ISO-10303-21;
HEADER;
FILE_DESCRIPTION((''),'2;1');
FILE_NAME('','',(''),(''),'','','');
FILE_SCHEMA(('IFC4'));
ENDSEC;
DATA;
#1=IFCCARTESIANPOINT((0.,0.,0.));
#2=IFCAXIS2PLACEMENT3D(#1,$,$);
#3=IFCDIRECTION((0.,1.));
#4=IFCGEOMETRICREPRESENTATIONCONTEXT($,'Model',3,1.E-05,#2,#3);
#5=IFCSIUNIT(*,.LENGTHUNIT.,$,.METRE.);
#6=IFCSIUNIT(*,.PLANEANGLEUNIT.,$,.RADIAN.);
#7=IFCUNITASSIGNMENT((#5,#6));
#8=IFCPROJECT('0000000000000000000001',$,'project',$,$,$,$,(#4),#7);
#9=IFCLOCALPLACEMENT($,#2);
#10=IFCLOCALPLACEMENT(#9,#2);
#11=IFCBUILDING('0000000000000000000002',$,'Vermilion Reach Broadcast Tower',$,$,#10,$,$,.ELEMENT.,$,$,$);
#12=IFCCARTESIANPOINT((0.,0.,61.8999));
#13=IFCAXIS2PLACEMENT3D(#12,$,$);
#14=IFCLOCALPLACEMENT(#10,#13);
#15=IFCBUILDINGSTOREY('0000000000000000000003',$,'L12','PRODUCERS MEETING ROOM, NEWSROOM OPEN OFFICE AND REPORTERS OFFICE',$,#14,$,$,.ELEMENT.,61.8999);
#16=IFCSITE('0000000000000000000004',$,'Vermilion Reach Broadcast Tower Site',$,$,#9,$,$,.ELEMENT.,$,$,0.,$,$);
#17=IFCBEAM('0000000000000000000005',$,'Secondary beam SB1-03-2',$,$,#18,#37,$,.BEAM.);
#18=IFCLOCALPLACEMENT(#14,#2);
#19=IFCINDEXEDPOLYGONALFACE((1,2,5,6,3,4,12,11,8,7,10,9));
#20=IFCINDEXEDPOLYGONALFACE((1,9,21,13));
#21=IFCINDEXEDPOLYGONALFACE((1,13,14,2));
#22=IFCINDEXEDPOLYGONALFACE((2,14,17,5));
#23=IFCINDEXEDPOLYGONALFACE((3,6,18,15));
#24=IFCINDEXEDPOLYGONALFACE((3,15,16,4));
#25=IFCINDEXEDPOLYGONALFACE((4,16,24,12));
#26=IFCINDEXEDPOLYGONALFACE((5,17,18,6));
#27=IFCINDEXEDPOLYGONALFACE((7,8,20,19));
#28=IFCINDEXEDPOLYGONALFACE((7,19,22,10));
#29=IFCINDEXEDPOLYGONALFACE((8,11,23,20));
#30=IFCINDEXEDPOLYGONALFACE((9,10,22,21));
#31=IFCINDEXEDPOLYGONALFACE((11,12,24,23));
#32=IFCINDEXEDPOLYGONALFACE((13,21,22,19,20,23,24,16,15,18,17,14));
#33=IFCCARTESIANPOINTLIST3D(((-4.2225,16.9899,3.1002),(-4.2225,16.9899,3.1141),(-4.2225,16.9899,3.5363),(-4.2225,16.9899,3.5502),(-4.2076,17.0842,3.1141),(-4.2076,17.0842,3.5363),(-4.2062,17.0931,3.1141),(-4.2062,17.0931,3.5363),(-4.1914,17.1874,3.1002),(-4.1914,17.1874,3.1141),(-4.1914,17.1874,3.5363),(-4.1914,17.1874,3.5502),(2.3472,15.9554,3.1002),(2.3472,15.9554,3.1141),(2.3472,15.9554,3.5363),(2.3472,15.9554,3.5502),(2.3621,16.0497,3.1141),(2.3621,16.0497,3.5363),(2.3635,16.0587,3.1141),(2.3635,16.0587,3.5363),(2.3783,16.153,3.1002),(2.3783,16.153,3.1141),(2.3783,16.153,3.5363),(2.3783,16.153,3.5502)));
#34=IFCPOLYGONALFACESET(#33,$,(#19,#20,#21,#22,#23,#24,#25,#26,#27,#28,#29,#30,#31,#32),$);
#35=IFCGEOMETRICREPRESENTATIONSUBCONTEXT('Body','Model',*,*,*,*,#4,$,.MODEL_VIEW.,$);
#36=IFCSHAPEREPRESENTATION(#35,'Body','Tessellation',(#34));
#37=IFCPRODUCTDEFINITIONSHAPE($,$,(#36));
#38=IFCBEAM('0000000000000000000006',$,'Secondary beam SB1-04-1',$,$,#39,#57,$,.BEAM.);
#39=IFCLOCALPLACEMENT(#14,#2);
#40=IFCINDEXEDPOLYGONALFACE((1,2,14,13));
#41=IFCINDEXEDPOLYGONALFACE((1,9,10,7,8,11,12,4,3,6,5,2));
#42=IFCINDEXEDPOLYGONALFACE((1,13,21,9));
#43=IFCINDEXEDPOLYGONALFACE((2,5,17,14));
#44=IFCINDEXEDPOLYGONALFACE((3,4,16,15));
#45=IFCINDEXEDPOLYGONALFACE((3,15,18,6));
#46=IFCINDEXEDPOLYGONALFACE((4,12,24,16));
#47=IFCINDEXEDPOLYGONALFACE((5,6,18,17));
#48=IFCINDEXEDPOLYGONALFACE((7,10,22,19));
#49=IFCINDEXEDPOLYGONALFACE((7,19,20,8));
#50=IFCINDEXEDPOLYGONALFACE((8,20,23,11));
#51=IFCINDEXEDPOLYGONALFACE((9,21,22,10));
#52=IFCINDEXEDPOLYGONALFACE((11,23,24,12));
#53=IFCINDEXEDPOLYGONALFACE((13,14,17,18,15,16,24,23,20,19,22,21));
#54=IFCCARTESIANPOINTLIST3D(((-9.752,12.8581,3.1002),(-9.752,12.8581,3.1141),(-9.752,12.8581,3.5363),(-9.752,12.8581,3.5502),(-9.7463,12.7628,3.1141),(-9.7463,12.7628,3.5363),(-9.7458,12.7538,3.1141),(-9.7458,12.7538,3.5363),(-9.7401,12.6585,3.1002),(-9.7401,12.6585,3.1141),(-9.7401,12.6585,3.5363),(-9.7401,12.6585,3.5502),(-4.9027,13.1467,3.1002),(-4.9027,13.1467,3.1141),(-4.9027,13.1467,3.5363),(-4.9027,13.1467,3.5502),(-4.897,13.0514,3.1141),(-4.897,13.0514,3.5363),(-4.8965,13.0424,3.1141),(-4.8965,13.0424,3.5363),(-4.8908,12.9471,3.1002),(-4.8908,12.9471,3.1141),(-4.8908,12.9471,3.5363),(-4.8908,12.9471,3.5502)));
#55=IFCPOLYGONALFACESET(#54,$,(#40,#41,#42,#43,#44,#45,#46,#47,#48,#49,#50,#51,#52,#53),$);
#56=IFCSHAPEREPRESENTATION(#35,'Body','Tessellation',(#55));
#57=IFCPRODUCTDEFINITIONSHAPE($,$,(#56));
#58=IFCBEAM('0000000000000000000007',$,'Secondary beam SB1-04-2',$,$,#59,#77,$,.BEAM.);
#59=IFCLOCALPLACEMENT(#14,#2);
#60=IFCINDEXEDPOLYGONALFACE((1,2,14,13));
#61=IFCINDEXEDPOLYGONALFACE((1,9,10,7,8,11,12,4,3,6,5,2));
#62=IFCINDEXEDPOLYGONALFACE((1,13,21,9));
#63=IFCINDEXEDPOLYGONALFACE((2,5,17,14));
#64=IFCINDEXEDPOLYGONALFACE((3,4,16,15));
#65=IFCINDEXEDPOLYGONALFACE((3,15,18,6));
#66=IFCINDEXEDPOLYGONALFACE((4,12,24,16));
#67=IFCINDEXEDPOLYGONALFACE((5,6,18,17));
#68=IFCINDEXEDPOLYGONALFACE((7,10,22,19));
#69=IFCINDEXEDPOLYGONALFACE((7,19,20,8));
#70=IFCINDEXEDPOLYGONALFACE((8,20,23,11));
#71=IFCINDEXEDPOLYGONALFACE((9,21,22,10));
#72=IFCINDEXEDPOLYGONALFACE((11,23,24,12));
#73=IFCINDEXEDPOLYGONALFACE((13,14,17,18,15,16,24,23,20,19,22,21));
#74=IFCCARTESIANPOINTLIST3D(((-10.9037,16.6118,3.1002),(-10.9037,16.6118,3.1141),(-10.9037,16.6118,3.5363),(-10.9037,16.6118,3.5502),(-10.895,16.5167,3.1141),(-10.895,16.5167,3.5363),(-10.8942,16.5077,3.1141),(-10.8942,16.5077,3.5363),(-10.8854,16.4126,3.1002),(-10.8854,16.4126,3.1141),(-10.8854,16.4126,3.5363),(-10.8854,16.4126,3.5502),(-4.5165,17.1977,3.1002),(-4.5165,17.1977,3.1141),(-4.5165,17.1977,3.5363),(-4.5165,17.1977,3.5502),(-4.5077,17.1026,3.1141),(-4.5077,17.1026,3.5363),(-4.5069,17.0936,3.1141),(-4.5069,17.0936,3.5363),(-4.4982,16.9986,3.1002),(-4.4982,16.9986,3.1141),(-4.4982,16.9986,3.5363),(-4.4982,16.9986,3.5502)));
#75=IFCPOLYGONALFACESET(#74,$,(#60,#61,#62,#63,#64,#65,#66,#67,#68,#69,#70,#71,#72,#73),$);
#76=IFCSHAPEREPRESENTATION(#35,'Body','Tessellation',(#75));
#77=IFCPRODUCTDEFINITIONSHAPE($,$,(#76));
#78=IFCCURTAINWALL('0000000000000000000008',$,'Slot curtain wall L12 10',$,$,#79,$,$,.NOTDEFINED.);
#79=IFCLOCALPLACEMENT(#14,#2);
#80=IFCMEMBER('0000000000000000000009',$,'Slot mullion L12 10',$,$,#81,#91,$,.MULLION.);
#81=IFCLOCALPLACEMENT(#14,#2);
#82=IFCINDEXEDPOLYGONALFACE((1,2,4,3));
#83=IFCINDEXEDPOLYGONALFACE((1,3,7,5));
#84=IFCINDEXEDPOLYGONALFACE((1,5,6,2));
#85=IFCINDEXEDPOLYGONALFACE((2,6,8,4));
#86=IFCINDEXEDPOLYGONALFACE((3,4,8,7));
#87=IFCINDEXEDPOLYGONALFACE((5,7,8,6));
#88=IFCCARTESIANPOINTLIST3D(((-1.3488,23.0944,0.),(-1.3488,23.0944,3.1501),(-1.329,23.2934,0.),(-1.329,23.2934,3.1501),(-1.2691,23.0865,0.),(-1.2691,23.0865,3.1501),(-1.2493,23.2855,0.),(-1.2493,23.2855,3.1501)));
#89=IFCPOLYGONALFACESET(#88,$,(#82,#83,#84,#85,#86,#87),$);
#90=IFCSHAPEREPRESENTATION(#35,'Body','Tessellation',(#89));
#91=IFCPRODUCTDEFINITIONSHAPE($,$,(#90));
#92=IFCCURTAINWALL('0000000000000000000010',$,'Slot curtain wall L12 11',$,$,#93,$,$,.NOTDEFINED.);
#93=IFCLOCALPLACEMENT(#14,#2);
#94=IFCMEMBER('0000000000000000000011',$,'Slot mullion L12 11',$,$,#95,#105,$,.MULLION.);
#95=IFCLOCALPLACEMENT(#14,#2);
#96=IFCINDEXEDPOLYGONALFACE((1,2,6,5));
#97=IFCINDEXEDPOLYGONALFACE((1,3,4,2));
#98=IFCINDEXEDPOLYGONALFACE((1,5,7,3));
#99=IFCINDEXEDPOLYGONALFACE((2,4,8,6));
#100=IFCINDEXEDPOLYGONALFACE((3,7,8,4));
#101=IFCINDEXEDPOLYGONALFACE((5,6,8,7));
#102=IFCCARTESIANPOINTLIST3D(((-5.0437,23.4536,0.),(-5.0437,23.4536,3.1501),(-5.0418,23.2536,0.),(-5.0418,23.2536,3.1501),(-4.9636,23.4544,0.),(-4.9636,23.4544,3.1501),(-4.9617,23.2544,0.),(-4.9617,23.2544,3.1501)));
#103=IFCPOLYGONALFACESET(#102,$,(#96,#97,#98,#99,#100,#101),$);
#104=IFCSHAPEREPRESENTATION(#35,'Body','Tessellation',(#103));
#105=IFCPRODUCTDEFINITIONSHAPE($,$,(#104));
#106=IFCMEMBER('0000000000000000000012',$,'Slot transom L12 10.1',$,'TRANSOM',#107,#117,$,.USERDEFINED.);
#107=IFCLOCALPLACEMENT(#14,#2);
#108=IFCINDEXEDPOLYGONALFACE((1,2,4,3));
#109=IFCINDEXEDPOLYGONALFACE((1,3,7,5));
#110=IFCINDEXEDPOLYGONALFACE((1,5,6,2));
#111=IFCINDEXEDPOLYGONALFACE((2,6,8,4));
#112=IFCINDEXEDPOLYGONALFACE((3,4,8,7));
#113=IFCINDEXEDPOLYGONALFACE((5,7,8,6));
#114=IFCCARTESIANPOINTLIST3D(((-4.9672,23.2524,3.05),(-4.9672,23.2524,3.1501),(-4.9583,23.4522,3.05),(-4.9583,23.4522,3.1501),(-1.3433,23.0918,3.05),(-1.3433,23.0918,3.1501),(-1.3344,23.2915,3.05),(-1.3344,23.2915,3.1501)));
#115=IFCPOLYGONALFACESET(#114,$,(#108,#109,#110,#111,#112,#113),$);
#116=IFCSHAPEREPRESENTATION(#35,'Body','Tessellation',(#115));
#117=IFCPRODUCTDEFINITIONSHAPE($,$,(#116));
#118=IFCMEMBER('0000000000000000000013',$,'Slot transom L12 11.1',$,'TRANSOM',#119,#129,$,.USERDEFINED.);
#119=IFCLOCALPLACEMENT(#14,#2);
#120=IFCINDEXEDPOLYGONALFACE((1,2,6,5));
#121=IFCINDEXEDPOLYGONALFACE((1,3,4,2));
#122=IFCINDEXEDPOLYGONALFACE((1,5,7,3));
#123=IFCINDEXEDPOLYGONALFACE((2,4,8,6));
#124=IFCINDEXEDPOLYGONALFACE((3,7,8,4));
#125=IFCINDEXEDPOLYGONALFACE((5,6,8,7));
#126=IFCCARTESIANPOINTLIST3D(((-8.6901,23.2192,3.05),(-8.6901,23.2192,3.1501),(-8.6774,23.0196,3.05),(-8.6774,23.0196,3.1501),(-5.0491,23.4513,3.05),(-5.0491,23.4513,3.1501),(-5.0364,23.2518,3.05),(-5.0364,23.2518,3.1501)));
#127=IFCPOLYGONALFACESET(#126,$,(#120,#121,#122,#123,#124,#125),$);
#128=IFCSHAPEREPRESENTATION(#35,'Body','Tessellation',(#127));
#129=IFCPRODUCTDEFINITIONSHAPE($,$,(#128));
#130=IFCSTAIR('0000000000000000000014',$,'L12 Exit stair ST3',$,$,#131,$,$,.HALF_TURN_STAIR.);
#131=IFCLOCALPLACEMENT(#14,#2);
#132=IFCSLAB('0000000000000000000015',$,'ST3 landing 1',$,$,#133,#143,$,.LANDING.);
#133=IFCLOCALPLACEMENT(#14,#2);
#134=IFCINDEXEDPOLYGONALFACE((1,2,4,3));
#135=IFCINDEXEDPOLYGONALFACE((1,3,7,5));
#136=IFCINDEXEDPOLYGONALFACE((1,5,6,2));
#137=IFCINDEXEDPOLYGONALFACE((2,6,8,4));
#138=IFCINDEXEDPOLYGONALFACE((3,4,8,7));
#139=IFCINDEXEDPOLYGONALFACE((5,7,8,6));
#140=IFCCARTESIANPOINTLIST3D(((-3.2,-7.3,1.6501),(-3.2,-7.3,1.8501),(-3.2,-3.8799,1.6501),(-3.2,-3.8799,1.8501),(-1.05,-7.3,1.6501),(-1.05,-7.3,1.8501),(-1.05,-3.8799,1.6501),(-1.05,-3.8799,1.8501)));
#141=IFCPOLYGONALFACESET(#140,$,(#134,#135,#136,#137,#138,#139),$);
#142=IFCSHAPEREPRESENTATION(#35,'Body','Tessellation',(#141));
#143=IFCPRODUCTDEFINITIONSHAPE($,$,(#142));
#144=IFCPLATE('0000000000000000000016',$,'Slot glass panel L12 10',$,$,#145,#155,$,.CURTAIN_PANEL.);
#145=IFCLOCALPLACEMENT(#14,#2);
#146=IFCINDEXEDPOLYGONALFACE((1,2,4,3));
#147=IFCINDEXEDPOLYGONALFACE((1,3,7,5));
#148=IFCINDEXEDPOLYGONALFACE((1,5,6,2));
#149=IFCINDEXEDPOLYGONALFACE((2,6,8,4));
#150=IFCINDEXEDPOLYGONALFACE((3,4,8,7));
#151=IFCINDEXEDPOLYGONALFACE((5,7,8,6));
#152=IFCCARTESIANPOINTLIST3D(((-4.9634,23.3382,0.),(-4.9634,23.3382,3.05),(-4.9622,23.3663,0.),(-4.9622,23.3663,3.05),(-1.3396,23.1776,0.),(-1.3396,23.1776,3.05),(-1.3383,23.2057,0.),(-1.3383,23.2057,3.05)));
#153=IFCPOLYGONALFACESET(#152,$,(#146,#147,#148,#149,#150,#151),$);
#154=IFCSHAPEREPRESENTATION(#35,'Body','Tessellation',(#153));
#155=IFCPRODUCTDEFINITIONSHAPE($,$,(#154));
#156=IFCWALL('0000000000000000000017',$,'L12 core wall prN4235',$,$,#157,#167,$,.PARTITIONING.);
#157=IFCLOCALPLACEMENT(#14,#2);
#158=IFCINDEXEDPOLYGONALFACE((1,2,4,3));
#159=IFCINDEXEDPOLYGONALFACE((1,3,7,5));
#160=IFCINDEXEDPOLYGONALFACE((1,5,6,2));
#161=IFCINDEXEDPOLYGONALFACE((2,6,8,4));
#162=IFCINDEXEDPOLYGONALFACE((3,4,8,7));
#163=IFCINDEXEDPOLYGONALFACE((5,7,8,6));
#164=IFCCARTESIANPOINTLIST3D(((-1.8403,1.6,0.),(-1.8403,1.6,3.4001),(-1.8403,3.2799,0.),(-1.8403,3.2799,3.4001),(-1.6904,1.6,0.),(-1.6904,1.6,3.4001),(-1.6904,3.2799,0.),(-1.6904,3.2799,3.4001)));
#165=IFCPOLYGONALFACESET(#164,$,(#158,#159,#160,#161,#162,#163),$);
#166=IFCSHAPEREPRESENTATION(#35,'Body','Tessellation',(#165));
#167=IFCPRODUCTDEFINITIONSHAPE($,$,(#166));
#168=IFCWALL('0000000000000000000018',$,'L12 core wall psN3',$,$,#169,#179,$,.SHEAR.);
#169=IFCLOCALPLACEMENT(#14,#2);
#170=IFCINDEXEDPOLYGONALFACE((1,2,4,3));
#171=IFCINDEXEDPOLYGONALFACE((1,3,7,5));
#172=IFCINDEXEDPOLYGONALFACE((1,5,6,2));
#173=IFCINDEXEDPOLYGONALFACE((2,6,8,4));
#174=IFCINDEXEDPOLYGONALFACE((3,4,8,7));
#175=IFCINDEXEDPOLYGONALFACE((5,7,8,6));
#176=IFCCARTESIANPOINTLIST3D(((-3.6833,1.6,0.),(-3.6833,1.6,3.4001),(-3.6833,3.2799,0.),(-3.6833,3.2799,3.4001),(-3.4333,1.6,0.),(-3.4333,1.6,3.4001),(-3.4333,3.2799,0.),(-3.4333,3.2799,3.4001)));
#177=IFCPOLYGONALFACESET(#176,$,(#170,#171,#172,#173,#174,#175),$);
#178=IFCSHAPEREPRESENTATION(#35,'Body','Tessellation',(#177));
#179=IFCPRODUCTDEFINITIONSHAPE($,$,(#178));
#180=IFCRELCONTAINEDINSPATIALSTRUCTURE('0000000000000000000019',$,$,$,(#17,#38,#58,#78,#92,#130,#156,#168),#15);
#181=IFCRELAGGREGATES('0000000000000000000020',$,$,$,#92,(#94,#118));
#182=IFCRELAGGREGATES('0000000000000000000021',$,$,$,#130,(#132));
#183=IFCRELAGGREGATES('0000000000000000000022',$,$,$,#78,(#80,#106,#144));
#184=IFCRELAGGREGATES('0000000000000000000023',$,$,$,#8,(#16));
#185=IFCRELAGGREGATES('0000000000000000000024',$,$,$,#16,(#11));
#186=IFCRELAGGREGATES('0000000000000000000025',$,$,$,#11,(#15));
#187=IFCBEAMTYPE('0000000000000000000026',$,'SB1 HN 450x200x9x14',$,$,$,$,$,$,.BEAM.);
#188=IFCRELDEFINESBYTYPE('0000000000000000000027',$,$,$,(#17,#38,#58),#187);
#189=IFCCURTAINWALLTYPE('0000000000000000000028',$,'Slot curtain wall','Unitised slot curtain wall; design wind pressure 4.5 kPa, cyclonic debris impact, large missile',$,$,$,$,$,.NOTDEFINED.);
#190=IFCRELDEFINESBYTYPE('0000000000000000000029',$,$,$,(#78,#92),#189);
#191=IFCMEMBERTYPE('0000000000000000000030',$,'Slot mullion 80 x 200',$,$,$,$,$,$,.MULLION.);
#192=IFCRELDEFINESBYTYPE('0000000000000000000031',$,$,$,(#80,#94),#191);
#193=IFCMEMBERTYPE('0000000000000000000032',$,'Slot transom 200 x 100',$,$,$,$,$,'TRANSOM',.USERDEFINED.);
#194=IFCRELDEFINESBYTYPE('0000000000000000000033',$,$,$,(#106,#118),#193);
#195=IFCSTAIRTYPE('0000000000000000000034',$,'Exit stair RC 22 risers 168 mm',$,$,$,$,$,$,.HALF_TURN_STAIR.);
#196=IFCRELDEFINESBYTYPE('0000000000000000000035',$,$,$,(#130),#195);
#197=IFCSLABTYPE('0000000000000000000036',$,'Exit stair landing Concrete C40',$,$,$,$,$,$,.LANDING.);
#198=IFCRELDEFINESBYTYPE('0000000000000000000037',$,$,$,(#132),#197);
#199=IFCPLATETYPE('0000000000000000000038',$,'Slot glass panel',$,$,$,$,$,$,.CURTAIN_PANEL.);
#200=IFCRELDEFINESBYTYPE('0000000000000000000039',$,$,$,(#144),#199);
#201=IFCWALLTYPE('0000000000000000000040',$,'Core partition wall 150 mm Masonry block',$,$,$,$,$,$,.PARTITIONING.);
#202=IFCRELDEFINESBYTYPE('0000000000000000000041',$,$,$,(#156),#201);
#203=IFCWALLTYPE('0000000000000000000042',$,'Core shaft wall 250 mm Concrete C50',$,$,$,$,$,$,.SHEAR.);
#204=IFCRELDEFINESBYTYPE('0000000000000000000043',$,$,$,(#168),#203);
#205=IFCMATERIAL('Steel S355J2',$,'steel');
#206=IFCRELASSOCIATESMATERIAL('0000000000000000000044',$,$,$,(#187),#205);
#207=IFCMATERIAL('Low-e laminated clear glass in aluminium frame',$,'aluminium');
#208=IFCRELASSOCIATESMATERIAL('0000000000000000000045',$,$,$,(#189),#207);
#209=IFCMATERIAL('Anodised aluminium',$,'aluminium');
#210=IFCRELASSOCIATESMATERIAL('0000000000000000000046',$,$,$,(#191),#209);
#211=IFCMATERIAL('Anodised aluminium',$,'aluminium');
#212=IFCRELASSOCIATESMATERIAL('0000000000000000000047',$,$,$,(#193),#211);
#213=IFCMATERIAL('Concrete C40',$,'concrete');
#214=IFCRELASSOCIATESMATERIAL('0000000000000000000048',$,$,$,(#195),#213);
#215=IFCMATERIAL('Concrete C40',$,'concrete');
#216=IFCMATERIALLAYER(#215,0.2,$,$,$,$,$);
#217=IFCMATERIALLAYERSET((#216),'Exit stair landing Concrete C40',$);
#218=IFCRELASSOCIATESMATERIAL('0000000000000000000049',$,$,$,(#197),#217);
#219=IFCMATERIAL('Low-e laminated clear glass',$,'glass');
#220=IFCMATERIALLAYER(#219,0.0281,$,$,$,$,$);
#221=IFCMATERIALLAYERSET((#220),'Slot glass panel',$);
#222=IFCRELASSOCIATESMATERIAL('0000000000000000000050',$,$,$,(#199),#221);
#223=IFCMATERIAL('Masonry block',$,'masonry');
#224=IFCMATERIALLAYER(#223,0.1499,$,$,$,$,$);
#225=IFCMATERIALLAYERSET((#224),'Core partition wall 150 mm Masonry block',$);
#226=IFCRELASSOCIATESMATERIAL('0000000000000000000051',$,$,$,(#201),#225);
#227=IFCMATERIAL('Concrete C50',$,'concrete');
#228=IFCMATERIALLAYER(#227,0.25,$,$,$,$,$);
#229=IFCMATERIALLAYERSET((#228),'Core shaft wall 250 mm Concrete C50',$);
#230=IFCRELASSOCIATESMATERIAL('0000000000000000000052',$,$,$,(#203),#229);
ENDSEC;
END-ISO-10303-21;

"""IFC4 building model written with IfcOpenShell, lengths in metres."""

from ifc_helpers import new_model, si_unit, direction, frame, frame_2d, origin, origin_2d, place, context, subcontext, project, spatial, polyline, rectangle, i_section, outline, extrude, material, layer, layer_set, material_profile, profile_set, type_object, element, aggregate, save


model = new_model("IFC4")

# Units and contexts
model_context = context("Model", 3, precision=1e-05, world=origin(), true_north=direction((0.0, 1.0)))
body_context = subcontext(model_context, "Body", "Model", "MODEL_VIEW")
ifc_project = project(units=[si_unit("LENGTHUNIT", "METRE"), si_unit("PLANEANGLEUNIT", "RADIAN")], contexts=[model_context])

# Site, building, storey
site_placement = place(None, origin())
site = spatial("IfcSite", under=ifc_project, at=site_placement, Name="Vermilion Reach Broadcast Tower Site", CompositionType="ELEMENT", RefElevation=0.0)
building_placement = place(site_placement, origin())
building = spatial("IfcBuilding", under=site, at=building_placement, Name="Vermilion Reach Broadcast Tower", CompositionType="ELEMENT")
storey_placement = place(building_placement, frame((0.0, 0.0, 61.8999)))
storey = spatial("IfcBuildingStorey", under=building, at=storey_placement, Name="L12", Description="PRODUCERS MEETING ROOM, NEWSROOM OPEN OFFICE AND REPORTERS OFFICE", CompositionType="ELEMENT", Elevation=61.8999)

# Beams
ifc_material_1 = material(Name="Steel S355J2", Category="steel")
ifc_material_profile_1 = material_profile(ifc_material_1, i_section(OverallWidth=0.2, OverallDepth=0.45, WebThickness=0.009, FlangeThickness=0.0139, at=origin_2d()), Name="S355J2 HN 450x200x9x14")
ifc_profile_set_1 = profile_set([ifc_material_profile_1], Name="Steel S355J2")
beam_type_1 = type_object("IfcBeamType", Name="SB1 HN 450x200x9x14", PredefinedType="BEAM", material=ifc_profile_set_1)
beam_1_placement = place(storey_placement, frame((2.3628, 16.0542, 3.3252), z_axis=(-0.98783, 0.15554, 0.0), x_axis=(-0.15554, -0.98783, 0.0)))
element("IfcBeam", 1, at=beam_1_placement, inside=storey, type_object=beam_type_1, Name="Secondary beam SB1-03-2", PredefinedType="BEAM", context=body_context, shape_type="SweptSolid", body=[
    extrude(i_section(OverallWidth=0.2, OverallDepth=0.45, WebThickness=0.009, FlangeThickness=0.0139, at=origin_2d()), origin(), (0.0, 0.0, 1.0), 6.6506),
])
beam_2_placement = place(storey_placement, frame((-4.8967, 13.0469, 3.3252), z_axis=(-0.998234, -0.059403, 0.0), x_axis=(0.059403, -0.998234, 0.0)))
element("IfcBeam", 2, at=beam_2_placement, inside=storey, type_object=beam_type_1, Name="Secondary beam SB1-04-1", PredefinedType="BEAM", context=body_context, shape_type="SweptSolid", body=[
    extrude(i_section(OverallWidth=0.2, OverallDepth=0.45, WebThickness=0.009, FlangeThickness=0.0139, at=origin_2d()), origin(), (0.0, 0.0, 1.0), 4.8579),
])
beam_3_placement = place(storey_placement, frame((-4.5073, 17.0981, 3.3252), z_axis=(-0.995819, -0.091353, 0.0), x_axis=(0.091353, -0.995819, 0.0)))
element("IfcBeam", 3, at=beam_3_placement, inside=storey, type_object=beam_type_1, Name="Secondary beam SB1-04-2", PredefinedType="BEAM", context=body_context, shape_type="SweptSolid", body=[
    extrude(i_section(OverallWidth=0.2, OverallDepth=0.45, WebThickness=0.009, FlangeThickness=0.0139, at=origin_2d()), origin(), (0.0, 0.0, 1.0), 6.4141),
])

# Curtain walls, members
ifc_material_2 = material(Name="Low-e laminated clear glass in aluminium frame", Category="aluminium")
curtain_wall_type = type_object("IfcCurtainWallType", Name="Slot curtain wall", Description="Unitised slot curtain wall; design wind pressure 4.5 kPa, cyclonic debris impact, large missile", PredefinedType="NOTDEFINED", material=ifc_material_2)
placement = place(storey_placement, origin())
curtain_wall_1 = element("IfcCurtainWall", 4, at=placement, inside=storey, type_object=curtain_wall_type, Name="Slot curtain wall L12 10", PredefinedType="NOTDEFINED")
ifc_material_3 = material(Name="Anodised aluminium", Category="aluminium")
ifc_material_profile_2 = material_profile(ifc_material_3, rectangle(XDim=0.2, YDim=0.0801, at=origin_2d()), Name="Slot mullion 80 x 200")
ifc_profile_set_2 = profile_set([ifc_material_profile_2], Name="Anodised aluminium")
member_type_1 = type_object("IfcMemberType", Name="Slot mullion 80 x 200", PredefinedType="MULLION", material=ifc_profile_set_2)
member_1_placement = place(storey_placement, frame((-1.2991, 23.1899, 0.0), z_axis=(0.0, 0.0, 1.0), x_axis=(-0.09899, -0.995088, 0.0)))
member_1 = element("IfcMember", 5, at=member_1_placement, type_object=member_type_1, Name="Slot mullion L12 10", PredefinedType="MULLION", context=body_context, shape_type="SweptSolid", body=[
    extrude(rectangle(XDim=0.2, YDim=0.0801, at=origin_2d()), origin(), (0.0, 0.0, 1.0), 3.1501),
])
curtain_wall_2 = element("IfcCurtainWall", 6, at=placement, inside=storey, type_object=curtain_wall_type, Name="Slot curtain wall L12 11", PredefinedType="NOTDEFINED")
member_2_placement = place(storey_placement, frame((-5.0027, 23.354, 0.0), z_axis=(0.0, 0.0, 1.0), x_axis=(0.00967, -0.999953, 0.0)))
member_2 = element("IfcMember", 7, at=member_2_placement, type_object=member_type_1, Name="Slot mullion L12 11", PredefinedType="MULLION", context=body_context, shape_type="SweptSolid", body=[
    extrude(rectangle(XDim=0.2, YDim=0.0801, at=origin_2d()), origin(), (0.0, 0.0, 1.0), 3.1501),
])

# Members
ifc_material_4 = material(Name="Anodised aluminium", Category="aluminium")
ifc_material_profile_3 = material_profile(ifc_material_4, rectangle(XDim=0.2, YDim=0.1001, at=origin_2d()), Name="Slot transom 200 x 100")
ifc_profile_set_3 = profile_set([ifc_material_profile_3], Name="Anodised aluminium")
member_type_2 = type_object("IfcMemberType", Name="Slot transom 200 x 100", ElementType="TRANSOM", PredefinedType="USERDEFINED", material=ifc_profile_set_3)
member_3_placement = place(storey_placement, frame((-1.3389, 23.1917, 3.1001), z_axis=(-0.999019, 0.044287, 0.0), x_axis=(-0.044287, -0.999019, 0.0)))
member_3 = element("IfcMember", 8, at=member_3_placement, type_object=member_type_2, Name="Slot transom L12 10.1", ObjectType="TRANSOM", PredefinedType="USERDEFINED", context=body_context, shape_type="SweptSolid", body=[
    extrude(rectangle(XDim=0.2, YDim=0.1001, at=origin_2d()), origin(), (0.0, 0.0, 1.0), 3.6274),
])
member_4_placement = place(storey_placement, frame((-5.0427, 23.3516, 3.1001), z_axis=(-0.997973, -0.063636, 0.0), x_axis=(0.063636, -0.997973, 0.0)))
member_4 = element("IfcMember", 9, at=member_4_placement, type_object=member_type_2, Name="Slot transom L12 11.1", ObjectType="TRANSOM", PredefinedType="USERDEFINED", context=body_context, shape_type="SweptSolid", body=[
    extrude(rectangle(XDim=0.2, YDim=0.1001, at=origin_2d()), origin(), (0.0, 0.0, 1.0), 3.6484),
])
aggregate(curtain_wall_2, [member_2, member_4])

# Stair, slab
ifc_material_5 = material(Name="Concrete C40", Category="concrete")
stair_type = type_object("IfcStairType", Name="Exit stair RC 22 risers 168 mm", PredefinedType="HALF_TURN_STAIR", material=ifc_material_5)
stair_1 = element("IfcStair", 10, at=placement, inside=storey, type_object=stair_type, Name="L12 Exit stair ST3", PredefinedType="HALF_TURN_STAIR")
ifc_material_6 = material(Name="Concrete C40", Category="concrete")
ifc_layer_1 = layer(ifc_material_6, 0.2)
ifc_layer_set_1 = layer_set([ifc_layer_1], Name="Exit stair landing Concrete C40")
slab_type = type_object("IfcSlabType", Name="Exit stair landing Concrete C40", PredefinedType="LANDING", material=ifc_layer_set_1)
slab_placement = place(storey_placement, frame((0.0, 0.0, 1.6501)))
slab = element("IfcSlab", 11, at=slab_placement, type_object=slab_type, Name="ST3 landing 1", PredefinedType="LANDING", context=body_context, shape_type="SweptSolid", body=[
    extrude(outline(polyline([(-3.2, -7.3), (-1.05, -7.3), (-1.05, -3.8799), (-3.2, -3.8799), (-3.2, -7.3)])), origin(), (0.0, 0.0, 1.0), 0.2),
])
aggregate(stair_1, [slab])

# Plate
ifc_material_7 = material(Name="Low-e laminated clear glass", Category="glass")
ifc_layer_2 = layer(ifc_material_7, 0.0281)
ifc_layer_set_2 = layer_set([ifc_layer_2], Name="Slot glass panel")
plate_type = type_object("IfcPlateType", Name="Slot glass panel", PredefinedType="CURTAIN_PANEL", material=ifc_layer_set_2)
plate_placement = place(storey_placement, frame((-3.1509, 23.272, 0.0), z_axis=(0.0, 0.0, 1.0), x_axis=(-0.999019, 0.044274, 0.0)))
plate = element("IfcPlate", 12, at=plate_placement, type_object=plate_type, Name="Slot glass panel L12 10", PredefinedType="CURTAIN_PANEL", context=body_context, shape_type="SweptSolid", body=[
    extrude(rectangle(XDim=3.6274, YDim=0.0281, at=origin_2d()), origin(), (0.0, 0.0, 1.0), 3.05),
])
aggregate(curtain_wall_1, [member_1, member_3, plate])

# Walls
ifc_material_8 = material(Name="Masonry block", Category="masonry")
ifc_layer_3 = layer(ifc_material_8, 0.1499)
ifc_layer_set_3 = layer_set([ifc_layer_3], Name="Core partition wall 150 mm Masonry block")
wall_type_1 = type_object("IfcWallType", Name="Core partition wall 150 mm Masonry block", PredefinedType="PARTITIONING", material=ifc_layer_set_3)
wall_1_placement = place(storey_placement, frame((-1.7654, 1.6001, 0.0), z_axis=(0.0, 0.0, 1.0), x_axis=(0.0, 1.0, 0.0)))
element("IfcWall", 13, at=wall_1_placement, inside=storey, type_object=wall_type_1, Name="L12 core wall prN4235", PredefinedType="PARTITIONING", context=body_context, shape_type="SweptSolid", body=[
    extrude(rectangle(XDim=1.6799, YDim=0.1499, at=frame_2d((0.8398, 0.0))), origin(), (0.0, 0.0, 1.0), 3.4001),
])
ifc_material_9 = material(Name="Concrete C50", Category="concrete")
ifc_layer_4 = layer(ifc_material_9, 0.25)
ifc_layer_set_4 = layer_set([ifc_layer_4], Name="Core shaft wall 250 mm Concrete C50")
wall_type_2 = type_object("IfcWallType", Name="Core shaft wall 250 mm Concrete C50", PredefinedType="SHEAR", material=ifc_layer_set_4)
wall_2_placement = place(storey_placement, frame((-3.5583, 1.6001, 0.0), z_axis=(0.0, 0.0, 1.0), x_axis=(0.0, 1.0, 0.0)))
element("IfcWall", 14, at=wall_2_placement, inside=storey, type_object=wall_type_2, Name="L12 core wall psN3", PredefinedType="SHEAR", context=body_context, shape_type="SweptSolid", body=[
    extrude(rectangle(XDim=1.6799, YDim=0.25, at=frame_2d((0.8398, 0.0))), origin(), (0.0, 0.0, 1.0), 3.4001),
])

save(model, "model.ifc")
